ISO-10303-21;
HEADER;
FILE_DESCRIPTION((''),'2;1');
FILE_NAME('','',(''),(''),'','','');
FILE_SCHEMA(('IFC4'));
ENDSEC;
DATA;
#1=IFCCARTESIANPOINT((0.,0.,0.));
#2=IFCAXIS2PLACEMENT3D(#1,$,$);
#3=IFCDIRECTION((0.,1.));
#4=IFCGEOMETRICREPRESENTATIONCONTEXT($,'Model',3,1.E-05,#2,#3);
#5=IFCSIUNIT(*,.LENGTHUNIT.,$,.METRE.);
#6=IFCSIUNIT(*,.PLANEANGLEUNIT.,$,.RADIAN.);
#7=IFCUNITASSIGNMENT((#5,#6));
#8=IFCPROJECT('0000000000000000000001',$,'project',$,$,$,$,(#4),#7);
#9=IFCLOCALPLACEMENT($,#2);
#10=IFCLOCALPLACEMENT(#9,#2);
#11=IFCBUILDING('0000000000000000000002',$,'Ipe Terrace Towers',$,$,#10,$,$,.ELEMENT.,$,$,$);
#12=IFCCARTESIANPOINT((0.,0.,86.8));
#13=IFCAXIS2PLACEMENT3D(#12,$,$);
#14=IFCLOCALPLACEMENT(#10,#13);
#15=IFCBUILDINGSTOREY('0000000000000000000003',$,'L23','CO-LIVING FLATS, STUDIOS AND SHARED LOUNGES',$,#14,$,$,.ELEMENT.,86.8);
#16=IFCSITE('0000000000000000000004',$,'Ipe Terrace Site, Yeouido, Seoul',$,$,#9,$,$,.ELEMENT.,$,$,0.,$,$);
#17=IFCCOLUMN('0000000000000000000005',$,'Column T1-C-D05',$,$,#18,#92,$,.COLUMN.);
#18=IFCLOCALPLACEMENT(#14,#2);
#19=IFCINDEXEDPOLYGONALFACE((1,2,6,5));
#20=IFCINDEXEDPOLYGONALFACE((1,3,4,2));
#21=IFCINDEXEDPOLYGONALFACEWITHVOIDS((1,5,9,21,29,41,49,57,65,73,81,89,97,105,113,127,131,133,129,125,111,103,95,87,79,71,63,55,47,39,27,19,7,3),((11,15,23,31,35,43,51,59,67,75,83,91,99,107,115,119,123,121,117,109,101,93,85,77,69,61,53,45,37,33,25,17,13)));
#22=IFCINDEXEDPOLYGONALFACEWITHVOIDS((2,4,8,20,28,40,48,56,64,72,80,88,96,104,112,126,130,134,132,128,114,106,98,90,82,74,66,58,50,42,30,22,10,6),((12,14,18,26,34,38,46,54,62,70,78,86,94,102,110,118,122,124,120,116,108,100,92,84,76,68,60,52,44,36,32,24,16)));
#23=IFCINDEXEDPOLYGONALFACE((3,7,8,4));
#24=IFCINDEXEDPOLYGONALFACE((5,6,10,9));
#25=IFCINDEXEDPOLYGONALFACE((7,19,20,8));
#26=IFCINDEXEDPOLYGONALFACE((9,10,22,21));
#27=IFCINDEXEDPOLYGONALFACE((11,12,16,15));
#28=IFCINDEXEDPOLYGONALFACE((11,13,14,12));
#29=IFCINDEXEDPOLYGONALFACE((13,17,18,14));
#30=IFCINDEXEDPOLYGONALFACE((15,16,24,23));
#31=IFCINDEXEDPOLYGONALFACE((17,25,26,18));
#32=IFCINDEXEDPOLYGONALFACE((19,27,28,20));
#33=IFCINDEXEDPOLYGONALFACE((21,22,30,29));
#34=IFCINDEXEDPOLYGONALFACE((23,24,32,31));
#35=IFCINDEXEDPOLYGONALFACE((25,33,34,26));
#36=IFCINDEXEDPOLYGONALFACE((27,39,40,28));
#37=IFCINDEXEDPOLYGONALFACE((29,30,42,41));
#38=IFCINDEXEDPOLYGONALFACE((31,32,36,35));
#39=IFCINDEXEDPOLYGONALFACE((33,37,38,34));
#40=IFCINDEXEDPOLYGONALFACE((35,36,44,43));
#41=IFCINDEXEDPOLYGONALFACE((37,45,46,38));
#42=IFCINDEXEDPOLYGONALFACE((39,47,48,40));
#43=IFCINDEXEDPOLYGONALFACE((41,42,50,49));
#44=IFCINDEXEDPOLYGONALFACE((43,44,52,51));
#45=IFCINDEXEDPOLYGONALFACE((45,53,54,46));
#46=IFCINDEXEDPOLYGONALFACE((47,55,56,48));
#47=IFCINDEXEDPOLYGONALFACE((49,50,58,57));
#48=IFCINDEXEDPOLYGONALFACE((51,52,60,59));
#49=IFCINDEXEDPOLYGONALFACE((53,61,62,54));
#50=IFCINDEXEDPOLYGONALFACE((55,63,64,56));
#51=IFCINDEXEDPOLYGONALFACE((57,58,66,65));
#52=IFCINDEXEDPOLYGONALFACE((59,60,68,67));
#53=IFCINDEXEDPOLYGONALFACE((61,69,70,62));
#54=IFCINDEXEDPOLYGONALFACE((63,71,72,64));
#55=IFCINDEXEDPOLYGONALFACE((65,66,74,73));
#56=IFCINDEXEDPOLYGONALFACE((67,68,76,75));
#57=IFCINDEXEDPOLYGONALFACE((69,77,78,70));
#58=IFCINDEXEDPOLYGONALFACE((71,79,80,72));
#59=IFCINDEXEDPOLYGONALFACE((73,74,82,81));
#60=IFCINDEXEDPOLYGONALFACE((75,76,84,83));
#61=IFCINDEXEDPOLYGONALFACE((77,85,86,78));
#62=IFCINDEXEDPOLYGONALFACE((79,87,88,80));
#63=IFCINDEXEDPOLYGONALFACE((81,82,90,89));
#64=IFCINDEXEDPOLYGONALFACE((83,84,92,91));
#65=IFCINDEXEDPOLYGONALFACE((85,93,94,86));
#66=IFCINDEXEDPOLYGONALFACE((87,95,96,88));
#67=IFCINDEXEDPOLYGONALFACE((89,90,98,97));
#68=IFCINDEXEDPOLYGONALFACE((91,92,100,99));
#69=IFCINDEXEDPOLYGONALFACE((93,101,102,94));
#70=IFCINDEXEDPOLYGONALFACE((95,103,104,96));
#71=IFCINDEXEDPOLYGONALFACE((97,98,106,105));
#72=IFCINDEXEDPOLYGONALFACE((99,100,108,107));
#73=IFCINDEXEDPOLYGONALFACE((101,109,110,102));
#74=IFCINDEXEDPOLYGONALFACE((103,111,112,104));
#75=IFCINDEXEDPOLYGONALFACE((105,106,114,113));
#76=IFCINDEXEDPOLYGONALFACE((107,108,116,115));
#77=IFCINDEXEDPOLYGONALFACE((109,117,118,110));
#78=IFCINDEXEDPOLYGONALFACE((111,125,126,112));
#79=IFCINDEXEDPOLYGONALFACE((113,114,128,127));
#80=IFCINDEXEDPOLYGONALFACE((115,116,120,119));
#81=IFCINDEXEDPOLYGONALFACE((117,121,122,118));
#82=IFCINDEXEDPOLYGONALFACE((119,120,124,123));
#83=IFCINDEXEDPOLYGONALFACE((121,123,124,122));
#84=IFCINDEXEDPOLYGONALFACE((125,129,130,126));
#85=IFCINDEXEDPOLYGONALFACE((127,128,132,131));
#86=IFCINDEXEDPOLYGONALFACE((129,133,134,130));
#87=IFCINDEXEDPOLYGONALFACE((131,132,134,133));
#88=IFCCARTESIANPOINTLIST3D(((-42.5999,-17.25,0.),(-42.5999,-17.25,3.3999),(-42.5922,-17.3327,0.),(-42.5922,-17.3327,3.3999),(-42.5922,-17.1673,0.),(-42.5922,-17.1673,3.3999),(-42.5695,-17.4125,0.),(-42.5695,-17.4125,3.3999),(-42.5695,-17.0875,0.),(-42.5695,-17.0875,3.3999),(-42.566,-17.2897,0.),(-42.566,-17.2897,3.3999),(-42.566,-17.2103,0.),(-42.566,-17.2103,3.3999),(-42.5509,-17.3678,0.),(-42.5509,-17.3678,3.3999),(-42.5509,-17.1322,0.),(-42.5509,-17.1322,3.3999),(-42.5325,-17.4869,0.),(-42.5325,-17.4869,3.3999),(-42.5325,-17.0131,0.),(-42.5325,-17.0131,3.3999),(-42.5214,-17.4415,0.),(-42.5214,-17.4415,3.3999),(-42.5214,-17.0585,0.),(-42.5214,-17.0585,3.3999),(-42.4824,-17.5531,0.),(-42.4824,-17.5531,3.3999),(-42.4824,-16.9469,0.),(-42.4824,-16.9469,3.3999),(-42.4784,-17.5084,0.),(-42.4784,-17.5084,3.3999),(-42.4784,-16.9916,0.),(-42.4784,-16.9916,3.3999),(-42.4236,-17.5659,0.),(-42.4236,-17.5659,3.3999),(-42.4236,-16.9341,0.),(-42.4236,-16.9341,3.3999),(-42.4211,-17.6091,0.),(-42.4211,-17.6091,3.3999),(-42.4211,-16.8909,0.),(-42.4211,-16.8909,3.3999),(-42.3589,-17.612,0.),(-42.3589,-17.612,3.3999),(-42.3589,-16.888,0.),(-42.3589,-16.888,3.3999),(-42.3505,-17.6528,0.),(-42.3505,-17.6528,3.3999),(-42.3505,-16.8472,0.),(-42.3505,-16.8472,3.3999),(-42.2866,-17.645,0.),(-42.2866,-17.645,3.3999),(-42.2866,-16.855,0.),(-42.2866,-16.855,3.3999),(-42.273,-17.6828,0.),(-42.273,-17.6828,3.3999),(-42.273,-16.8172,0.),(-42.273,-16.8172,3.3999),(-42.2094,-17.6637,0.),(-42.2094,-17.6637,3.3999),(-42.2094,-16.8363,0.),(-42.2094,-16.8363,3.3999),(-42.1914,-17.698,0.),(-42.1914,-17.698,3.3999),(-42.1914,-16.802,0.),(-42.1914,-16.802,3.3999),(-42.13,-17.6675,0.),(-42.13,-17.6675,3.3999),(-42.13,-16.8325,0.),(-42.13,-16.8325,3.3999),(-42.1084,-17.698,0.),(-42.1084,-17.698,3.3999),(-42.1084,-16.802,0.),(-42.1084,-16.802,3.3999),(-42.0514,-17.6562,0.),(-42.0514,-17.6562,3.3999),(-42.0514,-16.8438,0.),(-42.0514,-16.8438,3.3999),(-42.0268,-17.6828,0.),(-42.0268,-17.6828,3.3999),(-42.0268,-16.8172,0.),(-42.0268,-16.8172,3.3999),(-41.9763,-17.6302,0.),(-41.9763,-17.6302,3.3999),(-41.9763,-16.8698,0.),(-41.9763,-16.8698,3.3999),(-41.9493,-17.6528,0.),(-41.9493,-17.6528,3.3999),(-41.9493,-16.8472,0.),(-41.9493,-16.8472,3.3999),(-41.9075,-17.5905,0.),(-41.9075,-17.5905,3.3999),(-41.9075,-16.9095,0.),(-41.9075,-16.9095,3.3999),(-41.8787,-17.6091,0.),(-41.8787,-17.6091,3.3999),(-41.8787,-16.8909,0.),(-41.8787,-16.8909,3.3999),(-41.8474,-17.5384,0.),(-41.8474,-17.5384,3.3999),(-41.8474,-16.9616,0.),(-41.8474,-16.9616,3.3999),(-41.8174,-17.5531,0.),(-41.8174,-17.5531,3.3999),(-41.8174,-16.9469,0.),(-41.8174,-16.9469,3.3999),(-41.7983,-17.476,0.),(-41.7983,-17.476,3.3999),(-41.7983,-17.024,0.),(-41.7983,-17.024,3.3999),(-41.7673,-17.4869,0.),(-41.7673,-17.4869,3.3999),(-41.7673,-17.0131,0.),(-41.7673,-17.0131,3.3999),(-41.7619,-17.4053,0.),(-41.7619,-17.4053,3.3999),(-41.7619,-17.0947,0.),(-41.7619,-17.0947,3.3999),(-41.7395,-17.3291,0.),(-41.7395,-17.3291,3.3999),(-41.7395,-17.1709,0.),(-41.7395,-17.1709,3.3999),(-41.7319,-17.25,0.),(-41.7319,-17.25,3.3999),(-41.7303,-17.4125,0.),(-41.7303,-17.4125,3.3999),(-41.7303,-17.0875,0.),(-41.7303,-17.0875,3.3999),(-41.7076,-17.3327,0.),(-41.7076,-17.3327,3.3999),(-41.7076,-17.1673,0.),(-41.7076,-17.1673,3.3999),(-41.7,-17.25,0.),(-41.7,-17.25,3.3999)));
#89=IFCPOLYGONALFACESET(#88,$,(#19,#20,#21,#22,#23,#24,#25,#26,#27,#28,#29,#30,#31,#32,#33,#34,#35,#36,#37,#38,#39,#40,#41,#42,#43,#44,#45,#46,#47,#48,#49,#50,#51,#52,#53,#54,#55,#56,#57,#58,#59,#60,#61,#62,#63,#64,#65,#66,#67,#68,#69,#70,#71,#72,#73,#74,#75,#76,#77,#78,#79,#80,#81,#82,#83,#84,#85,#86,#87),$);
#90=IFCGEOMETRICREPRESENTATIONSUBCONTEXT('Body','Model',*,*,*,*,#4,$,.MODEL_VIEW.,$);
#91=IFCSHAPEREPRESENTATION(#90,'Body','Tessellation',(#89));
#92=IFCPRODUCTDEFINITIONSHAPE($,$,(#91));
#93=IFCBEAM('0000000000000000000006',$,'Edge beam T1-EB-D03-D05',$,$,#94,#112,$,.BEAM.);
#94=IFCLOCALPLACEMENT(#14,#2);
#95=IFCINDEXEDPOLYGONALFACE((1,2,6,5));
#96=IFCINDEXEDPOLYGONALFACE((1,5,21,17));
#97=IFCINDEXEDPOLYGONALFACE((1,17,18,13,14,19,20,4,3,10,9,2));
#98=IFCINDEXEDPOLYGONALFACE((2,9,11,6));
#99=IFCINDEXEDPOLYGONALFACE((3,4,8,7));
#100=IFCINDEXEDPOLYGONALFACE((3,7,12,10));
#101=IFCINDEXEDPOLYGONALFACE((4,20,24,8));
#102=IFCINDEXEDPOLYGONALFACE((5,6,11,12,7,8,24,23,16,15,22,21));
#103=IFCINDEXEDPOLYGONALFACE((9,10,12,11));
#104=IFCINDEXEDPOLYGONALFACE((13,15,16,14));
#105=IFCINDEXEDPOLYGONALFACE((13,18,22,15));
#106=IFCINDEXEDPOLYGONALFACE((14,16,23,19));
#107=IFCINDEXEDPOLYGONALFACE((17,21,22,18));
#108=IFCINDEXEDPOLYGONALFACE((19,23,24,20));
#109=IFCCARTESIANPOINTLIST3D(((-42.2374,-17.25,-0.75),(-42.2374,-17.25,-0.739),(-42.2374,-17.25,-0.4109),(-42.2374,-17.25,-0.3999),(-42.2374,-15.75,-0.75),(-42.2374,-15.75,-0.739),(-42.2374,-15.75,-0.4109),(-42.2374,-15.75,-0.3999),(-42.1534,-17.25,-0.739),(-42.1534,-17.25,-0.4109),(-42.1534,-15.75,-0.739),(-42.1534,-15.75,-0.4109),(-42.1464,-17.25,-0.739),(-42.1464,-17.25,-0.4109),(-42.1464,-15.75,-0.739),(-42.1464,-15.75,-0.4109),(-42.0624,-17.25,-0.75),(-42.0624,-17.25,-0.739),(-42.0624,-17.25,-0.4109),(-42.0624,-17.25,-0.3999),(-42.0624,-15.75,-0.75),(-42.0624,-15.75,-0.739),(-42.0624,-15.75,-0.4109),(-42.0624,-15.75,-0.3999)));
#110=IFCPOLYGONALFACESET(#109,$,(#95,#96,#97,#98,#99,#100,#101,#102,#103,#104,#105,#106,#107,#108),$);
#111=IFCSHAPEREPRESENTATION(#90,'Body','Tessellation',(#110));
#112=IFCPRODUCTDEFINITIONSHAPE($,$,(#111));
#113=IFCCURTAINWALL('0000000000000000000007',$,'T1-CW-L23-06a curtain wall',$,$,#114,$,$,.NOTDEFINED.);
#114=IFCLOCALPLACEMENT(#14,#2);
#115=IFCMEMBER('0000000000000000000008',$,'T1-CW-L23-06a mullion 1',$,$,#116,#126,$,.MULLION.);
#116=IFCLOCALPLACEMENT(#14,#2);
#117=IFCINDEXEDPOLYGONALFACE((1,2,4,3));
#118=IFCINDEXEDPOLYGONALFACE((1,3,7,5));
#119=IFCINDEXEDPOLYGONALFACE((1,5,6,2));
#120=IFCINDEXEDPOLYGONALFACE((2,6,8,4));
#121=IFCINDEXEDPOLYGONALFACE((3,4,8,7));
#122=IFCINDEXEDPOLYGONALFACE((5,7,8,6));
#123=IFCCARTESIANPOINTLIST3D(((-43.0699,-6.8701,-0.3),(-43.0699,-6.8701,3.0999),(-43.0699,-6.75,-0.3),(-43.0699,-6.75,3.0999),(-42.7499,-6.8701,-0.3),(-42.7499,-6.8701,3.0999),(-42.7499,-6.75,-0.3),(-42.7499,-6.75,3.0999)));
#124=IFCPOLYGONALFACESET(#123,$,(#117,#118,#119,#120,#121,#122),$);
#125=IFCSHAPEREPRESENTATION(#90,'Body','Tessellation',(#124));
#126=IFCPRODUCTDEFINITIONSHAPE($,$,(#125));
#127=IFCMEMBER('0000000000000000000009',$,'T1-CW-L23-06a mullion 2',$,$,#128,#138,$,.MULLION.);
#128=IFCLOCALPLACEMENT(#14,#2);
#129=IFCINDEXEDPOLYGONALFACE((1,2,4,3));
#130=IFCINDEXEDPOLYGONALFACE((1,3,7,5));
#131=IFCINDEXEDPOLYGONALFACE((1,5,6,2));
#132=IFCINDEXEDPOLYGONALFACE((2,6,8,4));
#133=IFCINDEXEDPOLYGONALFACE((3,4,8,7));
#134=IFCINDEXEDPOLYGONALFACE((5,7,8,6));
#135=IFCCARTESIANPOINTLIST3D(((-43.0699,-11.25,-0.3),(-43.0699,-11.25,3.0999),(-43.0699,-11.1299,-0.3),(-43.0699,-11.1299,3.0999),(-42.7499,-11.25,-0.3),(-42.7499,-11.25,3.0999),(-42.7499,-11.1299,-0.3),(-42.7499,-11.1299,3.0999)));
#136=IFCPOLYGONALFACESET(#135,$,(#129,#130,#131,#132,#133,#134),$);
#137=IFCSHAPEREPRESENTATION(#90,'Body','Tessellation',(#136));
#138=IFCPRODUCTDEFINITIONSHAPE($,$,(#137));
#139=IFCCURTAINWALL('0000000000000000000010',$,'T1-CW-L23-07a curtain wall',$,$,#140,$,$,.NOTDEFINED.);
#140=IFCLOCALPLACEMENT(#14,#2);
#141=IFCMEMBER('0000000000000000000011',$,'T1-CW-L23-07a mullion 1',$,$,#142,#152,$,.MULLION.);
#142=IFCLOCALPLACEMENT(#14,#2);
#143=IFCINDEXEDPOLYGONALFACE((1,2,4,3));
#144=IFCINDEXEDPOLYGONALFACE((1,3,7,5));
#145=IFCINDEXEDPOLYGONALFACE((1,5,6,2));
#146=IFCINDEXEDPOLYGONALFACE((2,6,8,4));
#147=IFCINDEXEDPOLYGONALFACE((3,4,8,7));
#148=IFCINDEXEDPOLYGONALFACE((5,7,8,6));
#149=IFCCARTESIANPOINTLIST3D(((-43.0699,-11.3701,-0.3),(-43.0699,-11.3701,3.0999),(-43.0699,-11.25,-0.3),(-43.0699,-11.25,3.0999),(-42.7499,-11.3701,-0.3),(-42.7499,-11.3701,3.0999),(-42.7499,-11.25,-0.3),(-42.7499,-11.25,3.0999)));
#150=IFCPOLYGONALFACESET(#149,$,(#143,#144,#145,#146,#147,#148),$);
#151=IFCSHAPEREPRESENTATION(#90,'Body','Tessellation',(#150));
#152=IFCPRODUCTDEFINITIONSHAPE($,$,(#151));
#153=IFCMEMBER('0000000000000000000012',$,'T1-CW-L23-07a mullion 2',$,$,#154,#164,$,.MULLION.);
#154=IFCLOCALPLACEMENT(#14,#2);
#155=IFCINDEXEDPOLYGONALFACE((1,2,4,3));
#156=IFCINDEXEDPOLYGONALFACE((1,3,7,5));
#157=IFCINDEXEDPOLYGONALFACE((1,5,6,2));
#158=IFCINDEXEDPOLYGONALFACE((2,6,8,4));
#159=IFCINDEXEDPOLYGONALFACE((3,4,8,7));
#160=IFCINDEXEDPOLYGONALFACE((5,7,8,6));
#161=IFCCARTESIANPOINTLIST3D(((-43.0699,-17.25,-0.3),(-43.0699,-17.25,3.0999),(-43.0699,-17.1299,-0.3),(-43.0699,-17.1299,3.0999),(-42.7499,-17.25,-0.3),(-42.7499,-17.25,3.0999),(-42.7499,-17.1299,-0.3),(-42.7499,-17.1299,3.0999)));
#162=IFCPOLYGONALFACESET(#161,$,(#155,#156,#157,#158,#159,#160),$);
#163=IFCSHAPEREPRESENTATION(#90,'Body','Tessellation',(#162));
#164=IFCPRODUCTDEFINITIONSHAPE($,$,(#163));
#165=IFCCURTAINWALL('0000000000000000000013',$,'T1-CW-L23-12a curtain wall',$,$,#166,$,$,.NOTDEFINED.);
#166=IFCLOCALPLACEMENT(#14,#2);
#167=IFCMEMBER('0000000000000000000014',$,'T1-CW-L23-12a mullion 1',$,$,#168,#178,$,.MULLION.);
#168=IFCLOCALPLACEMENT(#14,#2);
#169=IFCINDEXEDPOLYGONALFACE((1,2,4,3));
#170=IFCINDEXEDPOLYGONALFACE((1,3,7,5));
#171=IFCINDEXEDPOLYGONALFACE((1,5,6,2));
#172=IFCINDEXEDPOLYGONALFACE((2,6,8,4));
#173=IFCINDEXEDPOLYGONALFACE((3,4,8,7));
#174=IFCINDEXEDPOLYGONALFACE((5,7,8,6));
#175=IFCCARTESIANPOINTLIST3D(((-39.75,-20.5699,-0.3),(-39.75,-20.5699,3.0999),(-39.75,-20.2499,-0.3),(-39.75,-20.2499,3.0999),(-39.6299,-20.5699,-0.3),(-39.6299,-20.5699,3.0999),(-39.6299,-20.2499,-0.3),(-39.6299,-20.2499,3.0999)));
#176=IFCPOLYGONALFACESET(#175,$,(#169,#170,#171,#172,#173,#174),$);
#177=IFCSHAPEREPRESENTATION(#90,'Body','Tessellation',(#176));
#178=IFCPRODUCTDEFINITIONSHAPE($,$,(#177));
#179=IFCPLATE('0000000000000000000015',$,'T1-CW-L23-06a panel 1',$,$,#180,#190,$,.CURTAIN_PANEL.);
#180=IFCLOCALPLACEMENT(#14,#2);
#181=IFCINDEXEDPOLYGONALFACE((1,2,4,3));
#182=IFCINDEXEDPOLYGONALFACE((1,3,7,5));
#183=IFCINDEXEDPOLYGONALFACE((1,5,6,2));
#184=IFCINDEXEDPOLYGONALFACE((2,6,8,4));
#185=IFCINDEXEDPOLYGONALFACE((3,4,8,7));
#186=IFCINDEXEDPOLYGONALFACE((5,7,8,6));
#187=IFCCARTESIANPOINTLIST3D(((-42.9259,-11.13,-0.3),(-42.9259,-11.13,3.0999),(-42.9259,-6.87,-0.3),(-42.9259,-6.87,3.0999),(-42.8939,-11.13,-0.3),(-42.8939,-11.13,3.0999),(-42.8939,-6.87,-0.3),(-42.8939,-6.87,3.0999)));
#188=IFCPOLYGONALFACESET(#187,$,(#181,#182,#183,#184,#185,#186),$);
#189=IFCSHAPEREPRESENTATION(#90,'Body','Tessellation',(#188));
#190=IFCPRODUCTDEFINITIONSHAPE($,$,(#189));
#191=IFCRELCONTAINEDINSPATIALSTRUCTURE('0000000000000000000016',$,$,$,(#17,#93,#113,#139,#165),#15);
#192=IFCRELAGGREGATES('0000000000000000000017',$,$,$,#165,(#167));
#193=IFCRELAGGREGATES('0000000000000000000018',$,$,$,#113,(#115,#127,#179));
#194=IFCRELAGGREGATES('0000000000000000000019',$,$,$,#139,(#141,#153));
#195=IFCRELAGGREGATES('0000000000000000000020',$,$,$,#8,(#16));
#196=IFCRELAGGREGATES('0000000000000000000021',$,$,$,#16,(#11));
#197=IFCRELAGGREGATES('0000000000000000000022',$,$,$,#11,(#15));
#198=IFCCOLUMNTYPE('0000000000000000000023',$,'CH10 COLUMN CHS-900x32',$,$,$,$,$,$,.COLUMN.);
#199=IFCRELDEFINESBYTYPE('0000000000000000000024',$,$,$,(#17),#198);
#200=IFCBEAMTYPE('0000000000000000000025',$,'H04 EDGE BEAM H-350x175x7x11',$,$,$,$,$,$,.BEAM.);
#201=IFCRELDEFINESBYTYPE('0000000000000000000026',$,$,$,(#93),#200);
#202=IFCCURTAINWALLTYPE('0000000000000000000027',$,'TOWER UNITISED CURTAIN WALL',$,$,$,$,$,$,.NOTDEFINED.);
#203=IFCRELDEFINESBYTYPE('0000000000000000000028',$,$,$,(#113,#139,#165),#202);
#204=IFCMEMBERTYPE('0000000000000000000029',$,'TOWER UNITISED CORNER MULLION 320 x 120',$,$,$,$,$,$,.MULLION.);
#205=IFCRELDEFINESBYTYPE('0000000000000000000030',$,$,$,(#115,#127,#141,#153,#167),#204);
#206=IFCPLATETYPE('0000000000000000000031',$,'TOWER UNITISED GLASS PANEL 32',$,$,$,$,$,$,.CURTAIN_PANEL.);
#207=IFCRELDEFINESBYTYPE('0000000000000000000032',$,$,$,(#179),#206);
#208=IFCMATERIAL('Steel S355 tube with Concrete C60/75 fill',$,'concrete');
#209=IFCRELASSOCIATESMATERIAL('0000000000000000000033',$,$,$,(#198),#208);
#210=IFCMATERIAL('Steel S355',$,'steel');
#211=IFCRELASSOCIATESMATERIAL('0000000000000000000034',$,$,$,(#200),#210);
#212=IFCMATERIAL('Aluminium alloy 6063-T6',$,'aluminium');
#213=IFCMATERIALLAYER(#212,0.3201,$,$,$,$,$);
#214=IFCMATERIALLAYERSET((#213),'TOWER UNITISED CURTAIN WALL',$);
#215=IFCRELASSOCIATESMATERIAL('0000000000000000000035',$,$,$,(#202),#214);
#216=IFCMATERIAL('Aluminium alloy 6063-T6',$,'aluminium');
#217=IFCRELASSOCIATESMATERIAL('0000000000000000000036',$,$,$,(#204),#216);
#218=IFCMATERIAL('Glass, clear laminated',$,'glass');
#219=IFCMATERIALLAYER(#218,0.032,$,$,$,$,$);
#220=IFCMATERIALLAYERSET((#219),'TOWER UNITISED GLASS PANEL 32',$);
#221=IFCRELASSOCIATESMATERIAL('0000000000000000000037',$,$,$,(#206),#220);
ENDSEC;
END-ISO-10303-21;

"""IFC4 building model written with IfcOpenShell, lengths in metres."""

from ifc_helpers import new_model, si_unit, direction, frame, origin, origin_2d, place, context, subcontext, project, spatial, rectangle, hollow_circle, i_section, extrude, material, layer, layer_set, material_profile, profile_set, type_object, element, aggregate, save


model = new_model("IFC4")

# Units and contexts
model_context = context("Model", 3, precision=1e-05, world=origin(), true_north=direction((0.0, 1.0)))
body_context = subcontext(model_context, "Body", "Model", "MODEL_VIEW")
ifc_project = project(units=[si_unit("LENGTHUNIT", "METRE"), si_unit("PLANEANGLEUNIT", "RADIAN")], contexts=[model_context])

# Site, building, storey
site_placement = place(None, origin())
site = spatial("IfcSite", under=ifc_project, at=site_placement, Name="Ipe Terrace Site, Yeouido, Seoul", CompositionType="ELEMENT", RefElevation=0.0)
building_placement = place(site_placement, origin())
building = spatial("IfcBuilding", under=site, at=building_placement, Name="Ipe Terrace Towers", CompositionType="ELEMENT")
storey_placement = place(building_placement, frame((0.0, 0.0, 86.8)))
storey = spatial("IfcBuildingStorey", under=building, at=storey_placement, Name="L23", Description="CO-LIVING FLATS, STUDIOS AND SHARED LOUNGES", CompositionType="ELEMENT", Elevation=86.8)

# Column
ifc_material_1 = material(Name="Steel S355 tube with Concrete C60/75 fill", Category="concrete")
ifc_material_profile_1 = material_profile(ifc_material_1, hollow_circle(Radius=0.45, WallThickness=0.032, at=origin_2d()), Name="CHS-900x32")
ifc_profile_set_1 = profile_set([ifc_material_profile_1], Name="Steel S355 tube with Concrete C60/75 fill")
column_type_1 = type_object("IfcColumnType", Name="CH10 COLUMN CHS-900x32", PredefinedType="COLUMN", material=ifc_profile_set_1)
for number, where, z_axis, x_axis, name in (
    (1, (-42.1499, -17.25, 0.0), (0.0, 0.0, 1.0), (1.0, 0.0, 0.0), "Column T1-C-D05"),
):
    element("IfcColumn", number, at=place(storey_placement, frame(where, z_axis=z_axis, x_axis=x_axis)), inside=storey, type_object=column_type_1, Name=name, PredefinedType="COLUMN", context=body_context, shape_type="SweptSolid", body=[
        extrude(hollow_circle(Radius=0.45, WallThickness=0.032, at=origin_2d()), origin(), (0.0, 0.0, 1.0), 3.3999),
    ])

# Beam
ifc_material_2 = material(Name="Steel S355", Category="steel")
ifc_material_profile_2 = material_profile(ifc_material_2, i_section(OverallWidth=0.175, OverallDepth=0.3501, WebThickness=0.0071, FlangeThickness=0.011, at=origin_2d()), Name="H-350x175x7x11")
ifc_profile_set_2 = profile_set([ifc_material_profile_2], Name="Steel S355")
beam_type = type_object("IfcBeamType", Name="H04 EDGE BEAM H-350x175x7x11", PredefinedType="BEAM", material=ifc_profile_set_2)
beam_placement = place(storey_placement, frame((-42.1499, -15.75, -0.575), z_axis=(0.0, -1.0, 0.0), x_axis=(1.0, 0.0, 0.0)))
element("IfcBeam", 2, at=beam_placement, inside=storey, type_object=beam_type, Name="Edge beam T1-EB-D03-D05", PredefinedType="BEAM", context=body_context, shape_type="SweptSolid", body=[
    extrude(i_section(OverallWidth=0.175, OverallDepth=0.3501, WebThickness=0.0071, FlangeThickness=0.011, at=origin_2d()), origin(), (0.0, 0.0, 1.0), 1.5),
])

# Curtain walls, members
ifc_material_3 = material(Name="Aluminium alloy 6063-T6", Category="aluminium")
ifc_layer_1 = layer(ifc_material_3, 0.3201)
ifc_layer_set_1 = layer_set([ifc_layer_1], Name="TOWER UNITISED CURTAIN WALL")
curtain_wall_type = type_object("IfcCurtainWallType", Name="TOWER UNITISED CURTAIN WALL", PredefinedType="NOTDEFINED", material=ifc_layer_set_1)
curtain_wall_1_placement = place(storey_placement, origin())
curtain_wall_1 = element("IfcCurtainWall", 3, at=curtain_wall_1_placement, inside=storey, type_object=curtain_wall_type, Name="T1-CW-L23-06a curtain wall", PredefinedType="NOTDEFINED")
ifc_material_4 = material(Name="Aluminium alloy 6063-T6", Category="aluminium")
ifc_material_profile_3 = material_profile(ifc_material_4, rectangle(XDim=0.3201, YDim=0.1201, at=origin_2d()), Name="TOWER UNITISED CORNER MULLION 320 x 120")
ifc_profile_set_3 = profile_set([ifc_material_profile_3], Name="Aluminium alloy 6063-T6")
member_type = type_object("IfcMemberType", Name="TOWER UNITISED CORNER MULLION 320 x 120", PredefinedType="MULLION", material=ifc_profile_set_3)
member_1_placement = place(storey_placement, frame((-42.9099, -6.8101, -0.3), z_axis=(0.0, 0.0, 1.0), x_axis=(-1.0, 0.0, 0.0)))
member_1 = element("IfcMember", 4, at=member_1_placement, type_object=member_type, Name="T1-CW-L23-06a mullion 1", PredefinedType="MULLION", context=body_context, shape_type="SweptSolid", body=[
    extrude(rectangle(XDim=0.3201, YDim=0.1201, at=origin_2d()), origin(), (0.0, 0.0, 1.0), 3.3999),
])
member_2_placement = place(storey_placement, frame((-42.9099, -11.1899, -0.3), z_axis=(0.0, 0.0, 1.0), x_axis=(-1.0, 0.0, 0.0)))
member_2 = element("IfcMember", 5, at=member_2_placement, type_object=member_type, Name="T1-CW-L23-06a mullion 2", PredefinedType="MULLION", context=body_context, shape_type="SweptSolid", body=[
    extrude(rectangle(XDim=0.3201, YDim=0.1201, at=origin_2d()), origin(), (0.0, 0.0, 1.0), 3.3999),
])
curtain_wall_2_placement = place(storey_placement, origin())
curtain_wall_2 = element("IfcCurtainWall", 6, at=curtain_wall_2_placement, inside=storey, type_object=curtain_wall_type, Name="T1-CW-L23-07a curtain wall", PredefinedType="NOTDEFINED")
member_3_placement = place(storey_placement, frame((-42.9099, -11.3101, -0.3), z_axis=(0.0, 0.0, 1.0), x_axis=(-1.0, 0.0, 0.0)))
member_3 = element("IfcMember", 7, at=member_3_placement, type_object=member_type, Name="T1-CW-L23-07a mullion 1", PredefinedType="MULLION", context=body_context, shape_type="SweptSolid", body=[
    extrude(rectangle(XDim=0.3201, YDim=0.1201, at=origin_2d()), origin(), (0.0, 0.0, 1.0), 3.3999),
])
member_4_placement = place(storey_placement, frame((-42.9099, -17.1899, -0.3), z_axis=(0.0, 0.0, 1.0), x_axis=(-1.0, 0.0, 0.0)))
member_4 = element("IfcMember", 8, at=member_4_placement, type_object=member_type, Name="T1-CW-L23-07a mullion 2", PredefinedType="MULLION", context=body_context, shape_type="SweptSolid", body=[
    extrude(rectangle(XDim=0.3201, YDim=0.1201, at=origin_2d()), origin(), (0.0, 0.0, 1.0), 3.3999),
])

# Curtain wall, member
curtain_wall_3_placement = place(storey_placement, origin())
curtain_wall_3 = element("IfcCurtainWall", 9, at=curtain_wall_3_placement, inside=storey, type_object=curtain_wall_type, Name="T1-CW-L23-12a curtain wall", PredefinedType="NOTDEFINED")
member_5_placement = place(storey_placement, frame((-39.6899, -20.4099, -0.3), z_axis=(0.0, 0.0, 1.0), x_axis=(0.0, -1.0, 0.0)))
member_5 = element("IfcMember", 10, at=member_5_placement, type_object=member_type, Name="T1-CW-L23-12a mullion 1", PredefinedType="MULLION", context=body_context, shape_type="SweptSolid", body=[
    extrude(rectangle(XDim=0.3201, YDim=0.1201, at=origin_2d()), origin(), (0.0, 0.0, 1.0), 3.3999),
])
aggregate(curtain_wall_3, [member_5])

# Plate
ifc_material_5 = material(Name="Glass, clear laminated", Category="glass")
ifc_layer_2 = layer(ifc_material_5, 0.032)
ifc_layer_set_2 = layer_set([ifc_layer_2], Name="TOWER UNITISED GLASS PANEL 32")
plate_type = type_object("IfcPlateType", Name="TOWER UNITISED GLASS PANEL 32", PredefinedType="CURTAIN_PANEL", material=ifc_layer_set_2)
plate_1_placement = place(storey_placement, frame((-42.9099, -9.0, -0.3), z_axis=(0.0, 0.0, 1.0), x_axis=(0.0, -1.0, 0.0)))
plate_1 = element("IfcPlate", 11, at=plate_1_placement, type_object=plate_type, Name="T1-CW-L23-06a panel 1", PredefinedType="CURTAIN_PANEL", context=body_context, shape_type="SweptSolid", body=[
    extrude(rectangle(XDim=4.26, YDim=0.032, at=origin_2d()), origin(), (0.0, 0.0, 1.0), 3.3999),
])
aggregate(curtain_wall_1, [member_1, member_2, plate_1])
aggregate(curtain_wall_2, [member_3, member_4])

save(model, "model.ifc")
